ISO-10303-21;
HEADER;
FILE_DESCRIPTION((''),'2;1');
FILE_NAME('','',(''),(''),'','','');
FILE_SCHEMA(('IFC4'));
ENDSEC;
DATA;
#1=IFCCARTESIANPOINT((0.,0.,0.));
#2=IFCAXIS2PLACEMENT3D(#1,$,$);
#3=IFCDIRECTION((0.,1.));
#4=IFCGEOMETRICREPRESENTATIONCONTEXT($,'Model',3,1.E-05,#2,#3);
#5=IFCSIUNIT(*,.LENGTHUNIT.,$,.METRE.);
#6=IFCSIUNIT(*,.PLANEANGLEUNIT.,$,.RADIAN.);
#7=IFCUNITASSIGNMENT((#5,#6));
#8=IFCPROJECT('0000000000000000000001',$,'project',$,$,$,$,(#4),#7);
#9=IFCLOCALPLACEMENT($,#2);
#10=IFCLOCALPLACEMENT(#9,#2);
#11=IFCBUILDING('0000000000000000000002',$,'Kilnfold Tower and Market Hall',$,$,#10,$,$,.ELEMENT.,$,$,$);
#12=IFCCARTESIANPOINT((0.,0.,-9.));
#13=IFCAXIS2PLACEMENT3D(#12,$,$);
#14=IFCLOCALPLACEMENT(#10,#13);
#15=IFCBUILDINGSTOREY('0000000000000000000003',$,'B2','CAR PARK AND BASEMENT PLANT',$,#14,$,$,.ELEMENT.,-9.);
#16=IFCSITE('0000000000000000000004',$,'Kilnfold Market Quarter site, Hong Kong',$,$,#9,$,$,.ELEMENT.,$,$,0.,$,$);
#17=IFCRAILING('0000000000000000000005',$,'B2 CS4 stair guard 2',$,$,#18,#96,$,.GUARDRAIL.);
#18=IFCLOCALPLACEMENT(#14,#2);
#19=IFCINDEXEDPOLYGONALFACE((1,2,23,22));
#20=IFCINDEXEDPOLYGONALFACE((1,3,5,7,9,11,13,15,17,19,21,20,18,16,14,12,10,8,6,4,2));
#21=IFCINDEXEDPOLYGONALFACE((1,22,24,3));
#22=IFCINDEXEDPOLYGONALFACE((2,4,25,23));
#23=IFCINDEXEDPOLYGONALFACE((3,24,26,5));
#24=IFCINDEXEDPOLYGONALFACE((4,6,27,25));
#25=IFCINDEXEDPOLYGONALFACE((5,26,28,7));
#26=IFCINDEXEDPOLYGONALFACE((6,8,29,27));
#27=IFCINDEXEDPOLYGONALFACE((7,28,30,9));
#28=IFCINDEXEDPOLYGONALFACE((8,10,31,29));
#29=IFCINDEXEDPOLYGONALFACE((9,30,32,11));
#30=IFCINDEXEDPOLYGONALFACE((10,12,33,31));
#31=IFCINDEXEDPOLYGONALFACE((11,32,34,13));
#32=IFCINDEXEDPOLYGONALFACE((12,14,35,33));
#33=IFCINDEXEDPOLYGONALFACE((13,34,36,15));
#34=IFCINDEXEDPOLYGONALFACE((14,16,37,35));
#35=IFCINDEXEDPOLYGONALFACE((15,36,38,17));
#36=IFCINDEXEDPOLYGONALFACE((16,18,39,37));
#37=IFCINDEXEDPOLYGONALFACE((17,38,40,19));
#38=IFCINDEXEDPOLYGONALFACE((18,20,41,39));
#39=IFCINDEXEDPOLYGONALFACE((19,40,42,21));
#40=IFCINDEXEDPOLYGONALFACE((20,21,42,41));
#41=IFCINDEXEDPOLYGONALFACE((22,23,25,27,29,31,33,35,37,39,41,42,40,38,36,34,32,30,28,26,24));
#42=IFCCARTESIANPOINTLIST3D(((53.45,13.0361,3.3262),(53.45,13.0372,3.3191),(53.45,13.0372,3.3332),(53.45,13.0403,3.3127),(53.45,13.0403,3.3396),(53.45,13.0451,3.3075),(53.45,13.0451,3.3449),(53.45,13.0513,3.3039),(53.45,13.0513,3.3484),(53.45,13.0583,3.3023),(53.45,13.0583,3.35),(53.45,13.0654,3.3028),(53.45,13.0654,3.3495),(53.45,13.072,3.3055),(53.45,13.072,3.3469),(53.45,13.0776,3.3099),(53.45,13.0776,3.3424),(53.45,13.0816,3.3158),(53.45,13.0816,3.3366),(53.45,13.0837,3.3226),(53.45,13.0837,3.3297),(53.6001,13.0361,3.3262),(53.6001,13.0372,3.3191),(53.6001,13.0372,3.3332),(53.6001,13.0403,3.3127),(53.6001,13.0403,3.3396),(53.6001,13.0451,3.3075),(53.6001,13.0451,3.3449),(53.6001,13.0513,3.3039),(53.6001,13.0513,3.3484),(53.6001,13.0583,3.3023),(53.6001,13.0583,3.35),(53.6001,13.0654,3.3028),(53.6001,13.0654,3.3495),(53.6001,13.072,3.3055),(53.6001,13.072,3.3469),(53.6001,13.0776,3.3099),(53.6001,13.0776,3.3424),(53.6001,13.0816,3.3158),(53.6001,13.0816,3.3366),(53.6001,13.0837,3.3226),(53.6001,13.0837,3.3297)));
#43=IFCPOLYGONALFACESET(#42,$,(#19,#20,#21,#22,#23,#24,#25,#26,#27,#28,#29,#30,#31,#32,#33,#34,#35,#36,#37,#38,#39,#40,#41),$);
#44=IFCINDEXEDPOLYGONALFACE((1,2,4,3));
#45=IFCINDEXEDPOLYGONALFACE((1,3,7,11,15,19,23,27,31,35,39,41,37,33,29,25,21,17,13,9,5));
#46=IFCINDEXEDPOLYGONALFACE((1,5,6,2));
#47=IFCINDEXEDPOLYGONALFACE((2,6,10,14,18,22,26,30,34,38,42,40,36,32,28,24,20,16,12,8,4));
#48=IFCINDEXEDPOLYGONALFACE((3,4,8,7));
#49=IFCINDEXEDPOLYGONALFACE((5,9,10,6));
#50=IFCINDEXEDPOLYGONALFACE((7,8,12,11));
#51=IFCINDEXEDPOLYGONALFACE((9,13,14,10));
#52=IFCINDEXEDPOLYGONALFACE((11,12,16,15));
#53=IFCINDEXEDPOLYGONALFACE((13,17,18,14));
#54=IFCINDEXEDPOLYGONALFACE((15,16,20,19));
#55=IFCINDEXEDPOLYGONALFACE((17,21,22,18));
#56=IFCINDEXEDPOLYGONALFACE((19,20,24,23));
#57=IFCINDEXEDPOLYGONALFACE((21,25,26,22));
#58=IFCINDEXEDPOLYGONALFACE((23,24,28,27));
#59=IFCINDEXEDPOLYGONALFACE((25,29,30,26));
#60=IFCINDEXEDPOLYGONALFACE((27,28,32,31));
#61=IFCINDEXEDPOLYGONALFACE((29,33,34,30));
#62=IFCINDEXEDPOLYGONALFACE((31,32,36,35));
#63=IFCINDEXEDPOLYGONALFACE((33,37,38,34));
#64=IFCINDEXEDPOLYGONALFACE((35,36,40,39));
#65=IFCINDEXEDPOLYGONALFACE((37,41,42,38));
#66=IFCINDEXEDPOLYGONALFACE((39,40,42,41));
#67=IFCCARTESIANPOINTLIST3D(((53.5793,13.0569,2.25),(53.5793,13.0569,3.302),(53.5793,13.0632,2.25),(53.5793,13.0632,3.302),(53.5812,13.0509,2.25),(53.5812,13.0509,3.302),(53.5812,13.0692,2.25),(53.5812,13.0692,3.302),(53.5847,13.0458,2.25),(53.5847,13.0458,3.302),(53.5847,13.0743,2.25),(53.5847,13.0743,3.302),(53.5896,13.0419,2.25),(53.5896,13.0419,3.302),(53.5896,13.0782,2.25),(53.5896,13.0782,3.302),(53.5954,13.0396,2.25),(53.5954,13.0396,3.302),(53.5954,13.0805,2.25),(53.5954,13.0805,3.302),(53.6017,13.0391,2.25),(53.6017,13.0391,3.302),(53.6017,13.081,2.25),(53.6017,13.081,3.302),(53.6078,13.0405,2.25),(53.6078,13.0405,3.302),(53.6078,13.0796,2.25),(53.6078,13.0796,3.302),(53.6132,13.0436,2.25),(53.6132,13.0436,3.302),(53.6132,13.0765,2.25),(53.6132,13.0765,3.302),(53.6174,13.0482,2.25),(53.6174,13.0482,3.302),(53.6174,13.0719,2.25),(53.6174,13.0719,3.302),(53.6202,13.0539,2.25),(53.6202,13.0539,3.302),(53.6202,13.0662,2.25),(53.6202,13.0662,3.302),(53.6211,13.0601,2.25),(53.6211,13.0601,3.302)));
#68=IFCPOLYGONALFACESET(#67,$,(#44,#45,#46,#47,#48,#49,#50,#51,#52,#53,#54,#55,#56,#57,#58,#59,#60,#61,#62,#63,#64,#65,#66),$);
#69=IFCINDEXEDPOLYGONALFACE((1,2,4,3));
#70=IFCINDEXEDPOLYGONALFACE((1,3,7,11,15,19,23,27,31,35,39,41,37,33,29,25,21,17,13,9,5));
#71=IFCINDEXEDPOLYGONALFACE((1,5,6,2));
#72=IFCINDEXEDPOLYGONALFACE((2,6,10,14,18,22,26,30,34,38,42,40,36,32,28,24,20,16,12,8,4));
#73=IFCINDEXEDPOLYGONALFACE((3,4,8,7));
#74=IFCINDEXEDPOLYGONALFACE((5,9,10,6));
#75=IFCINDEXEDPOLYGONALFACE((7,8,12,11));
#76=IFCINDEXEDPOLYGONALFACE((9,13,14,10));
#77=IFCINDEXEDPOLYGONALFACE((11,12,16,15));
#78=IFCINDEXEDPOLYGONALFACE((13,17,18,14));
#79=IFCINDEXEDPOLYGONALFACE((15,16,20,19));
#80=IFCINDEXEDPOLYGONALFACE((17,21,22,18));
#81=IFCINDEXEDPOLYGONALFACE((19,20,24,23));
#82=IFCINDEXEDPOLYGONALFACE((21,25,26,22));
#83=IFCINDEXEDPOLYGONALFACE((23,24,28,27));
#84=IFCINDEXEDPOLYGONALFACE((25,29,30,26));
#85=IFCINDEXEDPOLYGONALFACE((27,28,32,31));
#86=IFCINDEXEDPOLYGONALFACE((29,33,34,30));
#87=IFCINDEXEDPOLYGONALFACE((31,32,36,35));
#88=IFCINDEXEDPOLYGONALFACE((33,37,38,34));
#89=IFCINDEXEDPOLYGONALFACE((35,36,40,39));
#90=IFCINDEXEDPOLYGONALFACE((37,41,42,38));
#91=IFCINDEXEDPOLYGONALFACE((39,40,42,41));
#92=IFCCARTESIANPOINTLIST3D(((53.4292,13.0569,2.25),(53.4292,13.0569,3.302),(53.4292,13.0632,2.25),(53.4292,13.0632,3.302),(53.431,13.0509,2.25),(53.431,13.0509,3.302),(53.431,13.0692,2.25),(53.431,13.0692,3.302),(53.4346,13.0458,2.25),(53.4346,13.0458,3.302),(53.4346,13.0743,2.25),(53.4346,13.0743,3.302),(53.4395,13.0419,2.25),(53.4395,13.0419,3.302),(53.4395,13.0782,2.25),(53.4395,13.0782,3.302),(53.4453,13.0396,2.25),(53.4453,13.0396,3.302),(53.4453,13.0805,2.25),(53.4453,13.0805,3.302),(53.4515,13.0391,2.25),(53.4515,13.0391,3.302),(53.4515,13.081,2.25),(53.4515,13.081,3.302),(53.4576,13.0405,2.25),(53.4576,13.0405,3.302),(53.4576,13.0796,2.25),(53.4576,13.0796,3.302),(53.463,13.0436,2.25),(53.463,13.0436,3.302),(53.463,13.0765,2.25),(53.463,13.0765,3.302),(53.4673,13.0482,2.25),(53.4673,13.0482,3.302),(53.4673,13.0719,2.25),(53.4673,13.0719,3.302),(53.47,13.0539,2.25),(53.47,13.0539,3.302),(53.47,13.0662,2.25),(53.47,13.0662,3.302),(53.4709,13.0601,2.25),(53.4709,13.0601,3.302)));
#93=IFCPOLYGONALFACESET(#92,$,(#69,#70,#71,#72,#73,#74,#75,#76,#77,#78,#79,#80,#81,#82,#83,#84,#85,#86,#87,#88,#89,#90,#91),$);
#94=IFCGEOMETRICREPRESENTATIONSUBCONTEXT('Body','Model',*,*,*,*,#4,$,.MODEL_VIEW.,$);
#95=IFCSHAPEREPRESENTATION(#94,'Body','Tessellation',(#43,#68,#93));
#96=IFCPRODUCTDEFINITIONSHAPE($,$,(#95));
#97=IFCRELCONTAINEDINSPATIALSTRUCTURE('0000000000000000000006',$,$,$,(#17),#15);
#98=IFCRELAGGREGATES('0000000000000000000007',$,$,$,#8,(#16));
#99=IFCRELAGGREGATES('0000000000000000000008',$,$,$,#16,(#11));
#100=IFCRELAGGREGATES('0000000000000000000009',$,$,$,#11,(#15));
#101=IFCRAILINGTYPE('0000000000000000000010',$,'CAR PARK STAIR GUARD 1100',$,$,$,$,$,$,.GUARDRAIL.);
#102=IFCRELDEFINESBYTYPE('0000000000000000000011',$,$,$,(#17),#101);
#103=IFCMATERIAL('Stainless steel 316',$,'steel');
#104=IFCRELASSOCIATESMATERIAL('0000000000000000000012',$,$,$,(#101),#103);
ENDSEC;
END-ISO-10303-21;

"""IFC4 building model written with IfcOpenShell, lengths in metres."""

from ifc_helpers import new_model, si_unit, direction, frame, origin, origin_2d, place, context, subcontext, project, spatial, circle, extrude, material, type_object, element, save


model = new_model("IFC4")

# Units and contexts
model_context = context("Model", 3, precision=1e-05, world=origin(), true_north=direction((0.0, 1.0)))
body_context = subcontext(model_context, "Body", "Model", "MODEL_VIEW")
ifc_project = project(units=[si_unit("LENGTHUNIT", "METRE"), si_unit("PLANEANGLEUNIT", "RADIAN")], contexts=[model_context])

# Site, building, storey
site_placement = place(None, origin())
site = spatial("IfcSite", under=ifc_project, at=site_placement, Name="Kilnfold Market Quarter site, Hong Kong", CompositionType="ELEMENT", RefElevation=0.0)
building_placement = place(site_placement, origin())
building = spatial("IfcBuilding", under=site, at=building_placement, Name="Kilnfold Tower and Market Hall", CompositionType="ELEMENT")
storey_placement = place(building_placement, frame((0.0, 0.0, -9.0)))
storey = spatial("IfcBuildingStorey", under=building, at=storey_placement, Name="B2", Description="CAR PARK AND BASEMENT PLANT", CompositionType="ELEMENT", Elevation=-9.0)

# Railing
ifc_material_1 = material(Name="Stainless steel 316", Category="steel")
railing_type_1 = type_object("IfcRailingType", Name="CAR PARK STAIR GUARD 1100", PredefinedType="GUARDRAIL", material=ifc_material_1)
railing_1_placement = place(storey_placement, frame((53.6001, 13.0601, 2.25)))
element("IfcRailing", 1, at=railing_1_placement, inside=storey, type_object=railing_type_1, Name="B2 CS4 stair guard 2", PredefinedType="GUARDRAIL", context=body_context, shape_type="SweptSolid", body=[
    extrude(circle(Radius=0.0239, at=origin_2d()), frame((0.0, 0.0, 1.0762), z_axis=(-1.0, 0.0, 0.0), x_axis=(0.0, -1.0, 0.0)), (0.0, 0.0, 1.0), 0.1501),
    extrude(circle(Radius=0.021, at=origin_2d()), origin(), (0.0, 0.0, 1.0), 1.052),
    extrude(circle(Radius=0.021, at=origin_2d()), frame((-0.1501, 0.0, 0.0)), (0.0, 0.0, 1.0), 1.052),
])

save(model, "model.ifc")
